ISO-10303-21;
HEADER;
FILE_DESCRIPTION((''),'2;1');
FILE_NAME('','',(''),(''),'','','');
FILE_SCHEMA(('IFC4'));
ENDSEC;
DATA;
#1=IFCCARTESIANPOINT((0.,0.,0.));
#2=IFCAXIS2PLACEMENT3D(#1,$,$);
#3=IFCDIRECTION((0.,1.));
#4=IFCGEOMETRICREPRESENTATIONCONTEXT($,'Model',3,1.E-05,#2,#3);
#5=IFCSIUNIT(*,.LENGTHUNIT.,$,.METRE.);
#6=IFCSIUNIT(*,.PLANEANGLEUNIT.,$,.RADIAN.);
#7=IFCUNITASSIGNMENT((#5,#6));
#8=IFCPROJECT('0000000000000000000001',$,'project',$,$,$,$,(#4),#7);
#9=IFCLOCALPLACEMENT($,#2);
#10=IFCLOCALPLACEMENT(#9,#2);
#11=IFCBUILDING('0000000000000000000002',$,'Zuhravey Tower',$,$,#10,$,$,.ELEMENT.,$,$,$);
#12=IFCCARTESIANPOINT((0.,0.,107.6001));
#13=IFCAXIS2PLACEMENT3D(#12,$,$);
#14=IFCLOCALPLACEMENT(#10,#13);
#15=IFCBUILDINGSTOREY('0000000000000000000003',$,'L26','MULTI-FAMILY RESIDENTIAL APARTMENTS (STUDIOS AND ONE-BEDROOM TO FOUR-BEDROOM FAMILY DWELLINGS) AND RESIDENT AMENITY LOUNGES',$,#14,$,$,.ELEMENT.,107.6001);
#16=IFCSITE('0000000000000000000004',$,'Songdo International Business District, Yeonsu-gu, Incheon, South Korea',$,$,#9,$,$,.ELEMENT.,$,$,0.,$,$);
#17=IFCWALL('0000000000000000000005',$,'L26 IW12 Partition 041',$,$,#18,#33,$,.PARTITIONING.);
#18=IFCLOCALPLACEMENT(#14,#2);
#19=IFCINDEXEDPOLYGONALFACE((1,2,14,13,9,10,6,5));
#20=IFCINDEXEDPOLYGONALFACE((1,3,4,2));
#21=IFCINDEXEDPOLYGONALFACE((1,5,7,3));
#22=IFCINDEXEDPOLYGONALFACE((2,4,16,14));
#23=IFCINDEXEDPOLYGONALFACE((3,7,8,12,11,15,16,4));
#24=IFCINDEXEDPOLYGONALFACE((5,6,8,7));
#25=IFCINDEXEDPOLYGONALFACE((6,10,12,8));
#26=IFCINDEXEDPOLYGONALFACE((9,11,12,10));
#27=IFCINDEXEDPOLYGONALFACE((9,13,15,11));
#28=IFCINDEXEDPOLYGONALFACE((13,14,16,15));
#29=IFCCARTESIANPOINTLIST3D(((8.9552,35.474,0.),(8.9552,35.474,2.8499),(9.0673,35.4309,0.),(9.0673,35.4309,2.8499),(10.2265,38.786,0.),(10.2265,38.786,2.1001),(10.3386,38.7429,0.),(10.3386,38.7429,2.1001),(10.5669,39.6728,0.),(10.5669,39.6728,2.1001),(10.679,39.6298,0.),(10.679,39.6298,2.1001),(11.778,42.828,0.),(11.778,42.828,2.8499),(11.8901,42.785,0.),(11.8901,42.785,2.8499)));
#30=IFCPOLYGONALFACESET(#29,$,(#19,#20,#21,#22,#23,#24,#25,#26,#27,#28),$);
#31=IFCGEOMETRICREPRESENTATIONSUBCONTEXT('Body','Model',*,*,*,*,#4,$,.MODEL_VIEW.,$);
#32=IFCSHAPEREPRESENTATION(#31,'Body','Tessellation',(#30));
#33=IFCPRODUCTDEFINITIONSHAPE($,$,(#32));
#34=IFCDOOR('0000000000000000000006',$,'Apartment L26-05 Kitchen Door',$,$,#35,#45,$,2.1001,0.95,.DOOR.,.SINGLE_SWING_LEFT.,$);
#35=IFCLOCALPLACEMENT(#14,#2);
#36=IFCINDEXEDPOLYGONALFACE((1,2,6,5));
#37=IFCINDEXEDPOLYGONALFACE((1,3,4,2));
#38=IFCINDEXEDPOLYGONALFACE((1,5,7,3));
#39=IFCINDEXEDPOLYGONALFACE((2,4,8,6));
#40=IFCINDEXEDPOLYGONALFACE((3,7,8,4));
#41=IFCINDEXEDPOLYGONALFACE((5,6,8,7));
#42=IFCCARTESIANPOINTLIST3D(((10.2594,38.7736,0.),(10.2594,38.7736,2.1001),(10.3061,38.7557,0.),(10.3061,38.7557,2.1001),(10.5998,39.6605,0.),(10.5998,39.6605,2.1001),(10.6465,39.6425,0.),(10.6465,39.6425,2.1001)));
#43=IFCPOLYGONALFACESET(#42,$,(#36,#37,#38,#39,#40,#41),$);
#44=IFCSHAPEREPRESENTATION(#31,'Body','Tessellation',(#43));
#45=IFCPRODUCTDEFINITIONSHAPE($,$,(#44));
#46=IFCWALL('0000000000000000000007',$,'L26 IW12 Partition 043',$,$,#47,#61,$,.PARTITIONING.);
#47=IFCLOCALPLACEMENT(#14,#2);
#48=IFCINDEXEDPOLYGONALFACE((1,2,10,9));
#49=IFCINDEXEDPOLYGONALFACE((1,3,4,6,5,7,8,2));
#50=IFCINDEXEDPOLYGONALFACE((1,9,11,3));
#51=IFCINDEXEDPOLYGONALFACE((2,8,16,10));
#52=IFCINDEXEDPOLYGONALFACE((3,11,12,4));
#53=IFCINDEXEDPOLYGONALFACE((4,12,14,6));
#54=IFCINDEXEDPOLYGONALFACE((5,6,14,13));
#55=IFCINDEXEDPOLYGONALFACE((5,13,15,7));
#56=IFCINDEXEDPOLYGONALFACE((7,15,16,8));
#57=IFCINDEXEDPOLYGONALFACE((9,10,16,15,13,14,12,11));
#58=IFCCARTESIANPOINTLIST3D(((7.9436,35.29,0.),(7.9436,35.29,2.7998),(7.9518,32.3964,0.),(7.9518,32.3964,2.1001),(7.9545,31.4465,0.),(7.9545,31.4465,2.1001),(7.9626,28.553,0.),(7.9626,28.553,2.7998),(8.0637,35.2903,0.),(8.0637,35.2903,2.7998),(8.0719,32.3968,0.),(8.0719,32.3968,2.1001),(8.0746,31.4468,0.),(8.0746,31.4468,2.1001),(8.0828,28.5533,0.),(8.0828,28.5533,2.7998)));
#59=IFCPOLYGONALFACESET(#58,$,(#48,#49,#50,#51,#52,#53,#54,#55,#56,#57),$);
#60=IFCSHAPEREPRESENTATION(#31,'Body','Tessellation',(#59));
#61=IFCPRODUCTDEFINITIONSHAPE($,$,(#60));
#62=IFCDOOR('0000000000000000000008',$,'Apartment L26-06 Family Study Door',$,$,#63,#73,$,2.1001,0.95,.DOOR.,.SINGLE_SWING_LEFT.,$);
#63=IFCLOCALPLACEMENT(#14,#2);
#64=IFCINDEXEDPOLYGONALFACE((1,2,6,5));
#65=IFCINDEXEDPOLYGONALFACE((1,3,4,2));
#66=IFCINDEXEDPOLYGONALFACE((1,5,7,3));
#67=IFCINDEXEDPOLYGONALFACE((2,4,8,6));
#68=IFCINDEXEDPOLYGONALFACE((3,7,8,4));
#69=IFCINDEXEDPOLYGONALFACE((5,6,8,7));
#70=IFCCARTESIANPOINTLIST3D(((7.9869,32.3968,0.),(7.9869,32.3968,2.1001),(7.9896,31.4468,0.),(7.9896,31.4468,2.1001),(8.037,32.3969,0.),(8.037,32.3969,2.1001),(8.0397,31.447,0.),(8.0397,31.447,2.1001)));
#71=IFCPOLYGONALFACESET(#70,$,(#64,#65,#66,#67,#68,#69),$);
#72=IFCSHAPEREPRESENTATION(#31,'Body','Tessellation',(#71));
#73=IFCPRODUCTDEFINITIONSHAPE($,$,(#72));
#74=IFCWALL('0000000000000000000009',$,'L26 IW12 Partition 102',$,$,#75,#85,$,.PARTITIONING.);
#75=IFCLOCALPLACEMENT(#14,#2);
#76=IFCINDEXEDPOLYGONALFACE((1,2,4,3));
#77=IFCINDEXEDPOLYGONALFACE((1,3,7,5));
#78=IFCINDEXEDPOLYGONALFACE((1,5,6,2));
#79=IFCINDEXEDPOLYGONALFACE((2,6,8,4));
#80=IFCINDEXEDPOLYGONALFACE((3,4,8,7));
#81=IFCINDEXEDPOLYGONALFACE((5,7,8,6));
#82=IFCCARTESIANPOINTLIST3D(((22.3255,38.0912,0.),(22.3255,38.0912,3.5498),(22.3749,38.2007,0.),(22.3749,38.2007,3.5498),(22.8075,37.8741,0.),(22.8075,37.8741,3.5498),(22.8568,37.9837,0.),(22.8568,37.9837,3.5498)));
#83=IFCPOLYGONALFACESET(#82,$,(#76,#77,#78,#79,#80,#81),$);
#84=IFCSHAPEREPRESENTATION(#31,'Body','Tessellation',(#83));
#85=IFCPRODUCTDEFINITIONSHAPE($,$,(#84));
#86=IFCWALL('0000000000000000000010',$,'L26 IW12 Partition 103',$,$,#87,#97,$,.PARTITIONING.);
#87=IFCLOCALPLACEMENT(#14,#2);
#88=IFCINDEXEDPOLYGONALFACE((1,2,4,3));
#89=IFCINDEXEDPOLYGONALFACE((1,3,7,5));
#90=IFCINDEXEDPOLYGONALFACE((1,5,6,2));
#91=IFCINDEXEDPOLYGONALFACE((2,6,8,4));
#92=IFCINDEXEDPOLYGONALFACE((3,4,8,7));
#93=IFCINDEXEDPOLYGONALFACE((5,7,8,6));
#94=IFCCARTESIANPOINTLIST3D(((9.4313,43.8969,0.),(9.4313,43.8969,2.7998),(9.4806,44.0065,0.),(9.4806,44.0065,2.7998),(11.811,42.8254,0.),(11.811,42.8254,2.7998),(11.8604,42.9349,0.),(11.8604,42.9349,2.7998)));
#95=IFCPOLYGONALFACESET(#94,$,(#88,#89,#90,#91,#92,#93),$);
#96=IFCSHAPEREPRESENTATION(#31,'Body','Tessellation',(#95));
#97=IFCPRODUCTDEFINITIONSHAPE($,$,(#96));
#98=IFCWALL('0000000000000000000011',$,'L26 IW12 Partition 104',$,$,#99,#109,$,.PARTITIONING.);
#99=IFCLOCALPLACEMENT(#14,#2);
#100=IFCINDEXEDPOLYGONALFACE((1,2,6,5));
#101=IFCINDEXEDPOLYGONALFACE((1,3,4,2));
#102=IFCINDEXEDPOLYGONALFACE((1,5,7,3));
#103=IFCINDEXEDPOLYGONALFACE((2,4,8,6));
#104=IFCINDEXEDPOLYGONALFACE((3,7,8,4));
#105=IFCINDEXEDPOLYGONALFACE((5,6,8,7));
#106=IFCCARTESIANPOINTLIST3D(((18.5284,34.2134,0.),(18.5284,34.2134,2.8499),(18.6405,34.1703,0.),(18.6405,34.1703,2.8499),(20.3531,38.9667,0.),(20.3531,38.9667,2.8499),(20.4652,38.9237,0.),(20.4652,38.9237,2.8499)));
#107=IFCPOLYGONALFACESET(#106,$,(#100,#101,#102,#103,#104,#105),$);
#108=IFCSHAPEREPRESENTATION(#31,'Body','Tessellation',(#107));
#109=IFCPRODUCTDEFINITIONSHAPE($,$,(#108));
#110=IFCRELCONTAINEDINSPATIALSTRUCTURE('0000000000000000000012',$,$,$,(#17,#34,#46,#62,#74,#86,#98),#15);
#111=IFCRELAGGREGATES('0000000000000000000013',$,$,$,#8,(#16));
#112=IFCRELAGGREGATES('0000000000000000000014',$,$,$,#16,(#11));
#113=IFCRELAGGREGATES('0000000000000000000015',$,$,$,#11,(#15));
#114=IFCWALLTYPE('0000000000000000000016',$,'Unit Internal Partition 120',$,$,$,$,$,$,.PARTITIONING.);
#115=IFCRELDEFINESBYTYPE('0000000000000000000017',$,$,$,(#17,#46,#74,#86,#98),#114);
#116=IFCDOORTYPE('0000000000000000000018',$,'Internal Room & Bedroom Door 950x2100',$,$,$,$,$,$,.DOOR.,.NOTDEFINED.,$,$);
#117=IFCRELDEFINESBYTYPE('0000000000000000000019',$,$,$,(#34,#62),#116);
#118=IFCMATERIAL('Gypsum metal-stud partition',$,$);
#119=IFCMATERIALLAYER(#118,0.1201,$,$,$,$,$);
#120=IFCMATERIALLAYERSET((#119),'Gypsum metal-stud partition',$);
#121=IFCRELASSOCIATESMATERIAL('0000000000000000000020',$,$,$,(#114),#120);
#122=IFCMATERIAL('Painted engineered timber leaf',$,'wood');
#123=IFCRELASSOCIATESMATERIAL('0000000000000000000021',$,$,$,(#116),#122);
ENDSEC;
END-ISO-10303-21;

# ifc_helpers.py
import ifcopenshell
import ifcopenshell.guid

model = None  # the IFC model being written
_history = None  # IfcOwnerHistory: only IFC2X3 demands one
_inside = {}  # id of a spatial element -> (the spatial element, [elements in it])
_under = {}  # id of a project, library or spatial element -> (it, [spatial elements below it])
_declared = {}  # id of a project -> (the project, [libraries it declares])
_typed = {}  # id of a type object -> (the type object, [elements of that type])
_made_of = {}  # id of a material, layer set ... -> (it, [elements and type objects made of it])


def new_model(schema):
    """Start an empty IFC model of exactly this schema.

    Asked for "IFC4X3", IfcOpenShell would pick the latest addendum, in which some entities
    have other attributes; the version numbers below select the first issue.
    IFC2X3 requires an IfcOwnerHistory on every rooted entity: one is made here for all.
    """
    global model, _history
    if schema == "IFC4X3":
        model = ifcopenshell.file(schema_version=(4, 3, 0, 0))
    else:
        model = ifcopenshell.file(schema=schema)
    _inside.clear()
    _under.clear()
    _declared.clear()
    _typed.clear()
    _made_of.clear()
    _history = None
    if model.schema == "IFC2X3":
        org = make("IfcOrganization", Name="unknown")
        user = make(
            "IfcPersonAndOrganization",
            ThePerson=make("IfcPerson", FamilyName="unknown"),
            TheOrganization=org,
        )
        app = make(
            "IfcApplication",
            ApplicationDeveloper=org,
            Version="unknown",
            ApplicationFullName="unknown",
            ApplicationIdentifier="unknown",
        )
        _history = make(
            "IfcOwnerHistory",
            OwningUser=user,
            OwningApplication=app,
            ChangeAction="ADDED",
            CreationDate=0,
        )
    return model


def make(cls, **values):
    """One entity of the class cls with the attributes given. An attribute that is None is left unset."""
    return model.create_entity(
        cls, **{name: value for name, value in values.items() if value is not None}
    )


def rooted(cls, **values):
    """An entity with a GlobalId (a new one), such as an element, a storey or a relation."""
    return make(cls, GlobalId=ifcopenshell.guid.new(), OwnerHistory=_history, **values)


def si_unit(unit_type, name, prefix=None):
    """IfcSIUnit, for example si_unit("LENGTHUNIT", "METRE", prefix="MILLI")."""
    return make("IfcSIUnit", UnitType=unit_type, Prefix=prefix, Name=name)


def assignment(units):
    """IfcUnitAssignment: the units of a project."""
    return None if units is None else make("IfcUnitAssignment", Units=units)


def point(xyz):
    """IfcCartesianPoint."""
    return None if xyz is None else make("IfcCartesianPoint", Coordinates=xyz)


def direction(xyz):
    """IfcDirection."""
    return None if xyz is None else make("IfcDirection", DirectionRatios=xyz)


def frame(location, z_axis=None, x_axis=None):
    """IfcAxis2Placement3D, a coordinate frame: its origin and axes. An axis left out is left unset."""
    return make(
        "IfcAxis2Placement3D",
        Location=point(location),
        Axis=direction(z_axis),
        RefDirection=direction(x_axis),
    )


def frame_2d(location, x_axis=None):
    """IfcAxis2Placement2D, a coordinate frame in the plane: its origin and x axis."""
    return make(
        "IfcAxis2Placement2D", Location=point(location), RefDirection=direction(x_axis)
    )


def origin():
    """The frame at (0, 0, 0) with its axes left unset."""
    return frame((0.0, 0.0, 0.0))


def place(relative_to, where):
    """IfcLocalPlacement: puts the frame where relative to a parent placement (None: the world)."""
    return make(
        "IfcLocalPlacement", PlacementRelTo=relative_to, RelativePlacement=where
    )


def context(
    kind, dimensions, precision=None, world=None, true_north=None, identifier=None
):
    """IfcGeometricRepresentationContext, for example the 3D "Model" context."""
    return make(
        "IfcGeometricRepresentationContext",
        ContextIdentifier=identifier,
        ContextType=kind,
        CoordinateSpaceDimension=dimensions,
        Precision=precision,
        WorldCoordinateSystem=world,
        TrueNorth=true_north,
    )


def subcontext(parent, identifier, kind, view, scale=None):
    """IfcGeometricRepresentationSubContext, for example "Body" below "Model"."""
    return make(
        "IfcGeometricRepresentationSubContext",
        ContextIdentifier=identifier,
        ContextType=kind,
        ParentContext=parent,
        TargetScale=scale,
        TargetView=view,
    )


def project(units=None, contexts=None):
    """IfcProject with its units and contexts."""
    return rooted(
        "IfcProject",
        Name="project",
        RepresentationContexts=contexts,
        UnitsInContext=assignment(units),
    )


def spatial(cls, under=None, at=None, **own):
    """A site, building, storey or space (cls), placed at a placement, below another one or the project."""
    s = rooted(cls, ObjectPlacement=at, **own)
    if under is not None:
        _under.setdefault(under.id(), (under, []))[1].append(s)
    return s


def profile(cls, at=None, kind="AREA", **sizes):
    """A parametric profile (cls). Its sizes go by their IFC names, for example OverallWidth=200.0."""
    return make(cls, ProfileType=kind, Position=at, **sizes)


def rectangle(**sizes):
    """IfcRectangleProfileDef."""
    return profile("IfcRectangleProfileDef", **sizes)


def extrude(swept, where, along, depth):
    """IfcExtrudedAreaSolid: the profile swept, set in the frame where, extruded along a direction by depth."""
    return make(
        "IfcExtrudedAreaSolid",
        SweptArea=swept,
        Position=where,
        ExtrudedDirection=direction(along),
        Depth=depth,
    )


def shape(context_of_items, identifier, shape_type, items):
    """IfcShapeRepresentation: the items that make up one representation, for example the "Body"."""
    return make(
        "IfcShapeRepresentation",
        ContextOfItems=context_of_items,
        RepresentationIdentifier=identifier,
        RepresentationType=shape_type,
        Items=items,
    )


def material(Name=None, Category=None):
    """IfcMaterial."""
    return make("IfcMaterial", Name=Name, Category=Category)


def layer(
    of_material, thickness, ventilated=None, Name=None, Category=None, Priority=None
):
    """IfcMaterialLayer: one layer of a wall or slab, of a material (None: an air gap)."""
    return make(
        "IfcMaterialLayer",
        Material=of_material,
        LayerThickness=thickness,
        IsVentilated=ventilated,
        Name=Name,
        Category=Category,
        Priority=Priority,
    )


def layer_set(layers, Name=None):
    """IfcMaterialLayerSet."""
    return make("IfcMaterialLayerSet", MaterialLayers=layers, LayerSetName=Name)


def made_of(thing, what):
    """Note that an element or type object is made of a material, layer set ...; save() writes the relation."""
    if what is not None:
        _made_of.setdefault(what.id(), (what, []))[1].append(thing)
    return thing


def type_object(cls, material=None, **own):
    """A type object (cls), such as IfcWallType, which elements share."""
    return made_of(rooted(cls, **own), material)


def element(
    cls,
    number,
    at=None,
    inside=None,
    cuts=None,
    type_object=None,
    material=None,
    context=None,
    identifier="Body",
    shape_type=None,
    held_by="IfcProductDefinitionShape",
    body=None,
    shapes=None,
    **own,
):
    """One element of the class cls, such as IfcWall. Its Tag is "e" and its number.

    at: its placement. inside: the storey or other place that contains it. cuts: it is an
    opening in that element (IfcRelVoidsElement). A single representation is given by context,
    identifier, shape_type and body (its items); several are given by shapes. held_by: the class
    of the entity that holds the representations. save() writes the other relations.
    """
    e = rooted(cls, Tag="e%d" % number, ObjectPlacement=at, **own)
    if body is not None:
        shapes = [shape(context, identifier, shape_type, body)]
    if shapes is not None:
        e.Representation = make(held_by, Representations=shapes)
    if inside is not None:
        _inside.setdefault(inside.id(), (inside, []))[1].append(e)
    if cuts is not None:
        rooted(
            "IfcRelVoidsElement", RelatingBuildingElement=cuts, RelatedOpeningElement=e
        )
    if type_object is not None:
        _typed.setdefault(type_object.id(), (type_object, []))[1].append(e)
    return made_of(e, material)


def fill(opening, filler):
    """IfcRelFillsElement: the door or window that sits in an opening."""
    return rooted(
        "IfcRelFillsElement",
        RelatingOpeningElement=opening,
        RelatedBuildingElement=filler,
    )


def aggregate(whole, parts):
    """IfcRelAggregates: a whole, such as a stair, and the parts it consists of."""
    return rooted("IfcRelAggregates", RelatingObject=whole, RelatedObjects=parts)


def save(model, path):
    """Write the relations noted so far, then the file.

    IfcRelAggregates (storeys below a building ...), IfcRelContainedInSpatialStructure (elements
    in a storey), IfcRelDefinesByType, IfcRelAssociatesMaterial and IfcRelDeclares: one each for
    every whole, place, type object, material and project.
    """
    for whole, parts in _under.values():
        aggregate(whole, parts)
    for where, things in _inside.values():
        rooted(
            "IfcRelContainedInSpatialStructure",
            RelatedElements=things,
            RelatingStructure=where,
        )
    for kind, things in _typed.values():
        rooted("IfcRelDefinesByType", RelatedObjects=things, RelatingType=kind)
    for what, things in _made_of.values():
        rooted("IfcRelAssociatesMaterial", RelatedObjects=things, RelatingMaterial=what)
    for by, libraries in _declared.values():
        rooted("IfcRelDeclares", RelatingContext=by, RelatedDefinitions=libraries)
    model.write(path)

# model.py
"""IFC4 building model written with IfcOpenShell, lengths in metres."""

from ifc_helpers import new_model, si_unit, direction, frame, frame_2d, origin, place, context, subcontext, project, spatial, rectangle, extrude, material, layer, layer_set, type_object, element, fill, save


model = new_model("IFC4")

# Units and contexts
model_context = context("Model", 3, precision=1e-05, world=origin(), true_north=direction((0.0, 1.0)))
body_context = subcontext(model_context, "Body", "Model", "MODEL_VIEW")
ifc_project = project(units=[si_unit("LENGTHUNIT", "METRE"), si_unit("PLANEANGLEUNIT", "RADIAN")], contexts=[model_context])

# Site, building, storey
site_placement = place(None, origin())
site = spatial("IfcSite", under=ifc_project, at=site_placement, Name="Songdo International Business District, Yeonsu-gu, Incheon, South Korea", CompositionType="ELEMENT", RefElevation=0.0)
building_placement = place(site_placement, origin())
building = spatial("IfcBuilding", under=site, at=building_placement, Name="Zuhravey Tower", CompositionType="ELEMENT")
storey_placement = place(building_placement, frame((0.0, 0.0, 107.6001)))
storey = spatial("IfcBuildingStorey", under=building, at=storey_placement, Name="L26", Description="MULTI-FAMILY RESIDENTIAL APARTMENTS (STUDIOS AND ONE-BEDROOM TO FOUR-BEDROOM FAMILY DWELLINGS) AND RESIDENT AMENITY LOUNGES", CompositionType="ELEMENT", Elevation=107.6001)

# Walls, openings, doors
ifc_material_1 = material(Name="Gypsum metal-stud partition")
ifc_layer_1 = layer(ifc_material_1, 0.1201)
ifc_layer_set_1 = layer_set([ifc_layer_1], Name="Gypsum metal-stud partition")
wall_type_1 = type_object("IfcWallType", Name="Unit Internal Partition 120", PredefinedType="PARTITIONING", material=ifc_layer_set_1)
ifc_material_2 = material(Name="Painted engineered timber leaf", Category="wood")
door_type_1 = type_object("IfcDoorType", Name="Internal Room & Bedroom Door 950x2100", OperationType="NOTDEFINED", PredefinedType="DOOR", material=ifc_material_2)
wall_1_placement = place(storey_placement, frame((11.834, 42.8064, 0.0), z_axis=(0.0, 0.0, 1.0), x_axis=(-0.358348, -0.933588, 0.0)))
wall_1 = element("IfcWall", 1, at=wall_1_placement, inside=storey, type_object=wall_type_1, Name="L26 IW12 Partition 041", PredefinedType="PARTITIONING", context=body_context, shape_type="SweptSolid", body=[
    extrude(rectangle(XDim=7.8772, YDim=0.1201, at=frame_2d((3.9385, 0.0))), origin(), (0.0, 0.0, 1.0), 2.8499),
])
opening_1_placement = place(wall_1_placement, frame((3.3794, 0.0, 0.0)))
opening_1 = element("IfcOpeningElement", 2, at=opening_1_placement, cuts=wall_1, PredefinedType="OPENING", context=body_context, shape_type="SweptSolid", body=[
    extrude(rectangle(XDim=0.95, YDim=2.1001, at=frame_2d((0.4751, 1.05))), frame((0.0, 0.072, 0.0), z_axis=(0.0, -1.0, 0.0), x_axis=(1.0, 0.0, 0.0)), (0.0, 0.0, 1.0), 0.144),
])
door_1_placement = place(opening_1_placement, frame((0.95, 0.0, 0.0), z_axis=(0.0, 0.0, 1.0), x_axis=(-1.0, 0.0, 0.0)))
door_1 = element("IfcDoor", 3, at=door_1_placement, inside=storey, type_object=door_type_1, Name="Apartment L26-05 Kitchen Door", OperationType="SINGLE_SWING_LEFT", OverallHeight=2.1001, OverallWidth=0.95, PredefinedType="DOOR", context=body_context, shape_type="SweptSolid", body=[
    extrude(rectangle(XDim=0.95, YDim=2.1001, at=frame_2d((0.4751, 1.05))), frame((0.0, 0.0249, 0.0), z_axis=(0.0, -1.0, 0.0), x_axis=(1.0, 0.0, 0.0)), (0.0, 0.0, 1.0), 0.05),
])
fill(opening_1, door_1)
wall_2_placement = place(storey_placement, frame((8.0037, 35.2903, 0.0), z_axis=(0.0, 0.0, 1.0), x_axis=(0.002827, -0.999996, 0.0)))
wall_2 = element("IfcWall", 4, at=wall_2_placement, inside=storey, type_object=wall_type_1, Name="L26 IW12 Partition 043", PredefinedType="PARTITIONING", context=body_context, shape_type="SweptSolid", body=[
    extrude(rectangle(XDim=6.7371, YDim=0.1201, at=frame_2d((3.3687, 0.0))), origin(), (0.0, 0.0, 1.0), 2.7998),
])
opening_2_placement = place(wall_2_placement, frame((2.8936, 0.0, 0.0)))
opening_2 = element("IfcOpeningElement", 5, at=opening_2_placement, cuts=wall_2, PredefinedType="OPENING", context=body_context, shape_type="SweptSolid", body=[
    extrude(rectangle(XDim=0.95, YDim=2.1001, at=frame_2d((0.4751, 1.05))), frame((0.0, 0.072, 0.0), z_axis=(0.0, -1.0, 0.0), x_axis=(1.0, 0.0, 0.0)), (0.0, 0.0, 1.0), 0.144),
])
door_2_placement = place(opening_2_placement, frame((0.95, 0.0, 0.0), z_axis=(0.0, 0.0, 1.0), x_axis=(-1.0, 0.0, 0.0)))
door_2 = element("IfcDoor", 6, at=door_2_placement, inside=storey, type_object=door_type_1, Name="Apartment L26-06 Family Study Door", OperationType="SINGLE_SWING_LEFT", OverallHeight=2.1001, OverallWidth=0.95, PredefinedType="DOOR", context=body_context, shape_type="SweptSolid", body=[
    extrude(rectangle(XDim=0.95, YDim=2.1001, at=frame_2d((0.4751, 1.05))), frame((0.0, 0.0249, 0.0), z_axis=(0.0, -1.0, 0.0), x_axis=(1.0, 0.0, 0.0)), (0.0, 0.0, 1.0), 0.05),
])
fill(opening_2, door_2)

# Walls
wall_3_placement = place(storey_placement, frame((22.832, 37.929, 0.0), z_axis=(0.0, 0.0, 1.0), x_axis=(-0.9118, 0.410634, 0.0)))
element("IfcWall", 7, at=wall_3_placement, inside=storey, type_object=wall_type_1, Name="L26 IW12 Partition 102", PredefinedType="PARTITIONING", context=body_context, shape_type="SweptSolid", body=[
    extrude(rectangle(XDim=0.5286, YDim=0.1201, at=frame_2d((0.2642, 0.0))), origin(), (0.0, 0.0, 1.0), 3.5498),
])
wall_4_placement = place(storey_placement, frame((11.8357, 42.8801, 0.0), z_axis=(0.0, 0.0, 1.0), x_axis=(-0.911822, 0.410586, 0.0)))
element("IfcWall", 8, at=wall_4_placement, inside=storey, type_object=wall_type_1, Name="L26 IW12 Partition 103", PredefinedType="PARTITIONING", context=body_context, shape_type="SweptSolid", body=[
    extrude(rectangle(XDim=2.6099, YDim=0.1201, at=frame_2d((1.3049, 0.0))), origin(), (0.0, 0.0, 1.0), 2.7998),
])
wall_5_placement = place(storey_placement, frame((20.4092, 38.9453, 0.0), z_axis=(0.0, 0.0, 1.0), x_axis=(-0.358375, -0.933578, 0.0)))
element("IfcWall", 9, at=wall_5_placement, inside=storey, type_object=wall_type_1, Name="L26 IW12 Partition 104", PredefinedType="PARTITIONING", context=body_context, shape_type="SweptSolid", body=[
    extrude(rectangle(XDim=5.0916, YDim=0.1201, at=frame_2d((2.5459, 0.0))), origin(), (0.0, 0.0, 1.0), 2.8499),
])

save(model, "model.ifc")
